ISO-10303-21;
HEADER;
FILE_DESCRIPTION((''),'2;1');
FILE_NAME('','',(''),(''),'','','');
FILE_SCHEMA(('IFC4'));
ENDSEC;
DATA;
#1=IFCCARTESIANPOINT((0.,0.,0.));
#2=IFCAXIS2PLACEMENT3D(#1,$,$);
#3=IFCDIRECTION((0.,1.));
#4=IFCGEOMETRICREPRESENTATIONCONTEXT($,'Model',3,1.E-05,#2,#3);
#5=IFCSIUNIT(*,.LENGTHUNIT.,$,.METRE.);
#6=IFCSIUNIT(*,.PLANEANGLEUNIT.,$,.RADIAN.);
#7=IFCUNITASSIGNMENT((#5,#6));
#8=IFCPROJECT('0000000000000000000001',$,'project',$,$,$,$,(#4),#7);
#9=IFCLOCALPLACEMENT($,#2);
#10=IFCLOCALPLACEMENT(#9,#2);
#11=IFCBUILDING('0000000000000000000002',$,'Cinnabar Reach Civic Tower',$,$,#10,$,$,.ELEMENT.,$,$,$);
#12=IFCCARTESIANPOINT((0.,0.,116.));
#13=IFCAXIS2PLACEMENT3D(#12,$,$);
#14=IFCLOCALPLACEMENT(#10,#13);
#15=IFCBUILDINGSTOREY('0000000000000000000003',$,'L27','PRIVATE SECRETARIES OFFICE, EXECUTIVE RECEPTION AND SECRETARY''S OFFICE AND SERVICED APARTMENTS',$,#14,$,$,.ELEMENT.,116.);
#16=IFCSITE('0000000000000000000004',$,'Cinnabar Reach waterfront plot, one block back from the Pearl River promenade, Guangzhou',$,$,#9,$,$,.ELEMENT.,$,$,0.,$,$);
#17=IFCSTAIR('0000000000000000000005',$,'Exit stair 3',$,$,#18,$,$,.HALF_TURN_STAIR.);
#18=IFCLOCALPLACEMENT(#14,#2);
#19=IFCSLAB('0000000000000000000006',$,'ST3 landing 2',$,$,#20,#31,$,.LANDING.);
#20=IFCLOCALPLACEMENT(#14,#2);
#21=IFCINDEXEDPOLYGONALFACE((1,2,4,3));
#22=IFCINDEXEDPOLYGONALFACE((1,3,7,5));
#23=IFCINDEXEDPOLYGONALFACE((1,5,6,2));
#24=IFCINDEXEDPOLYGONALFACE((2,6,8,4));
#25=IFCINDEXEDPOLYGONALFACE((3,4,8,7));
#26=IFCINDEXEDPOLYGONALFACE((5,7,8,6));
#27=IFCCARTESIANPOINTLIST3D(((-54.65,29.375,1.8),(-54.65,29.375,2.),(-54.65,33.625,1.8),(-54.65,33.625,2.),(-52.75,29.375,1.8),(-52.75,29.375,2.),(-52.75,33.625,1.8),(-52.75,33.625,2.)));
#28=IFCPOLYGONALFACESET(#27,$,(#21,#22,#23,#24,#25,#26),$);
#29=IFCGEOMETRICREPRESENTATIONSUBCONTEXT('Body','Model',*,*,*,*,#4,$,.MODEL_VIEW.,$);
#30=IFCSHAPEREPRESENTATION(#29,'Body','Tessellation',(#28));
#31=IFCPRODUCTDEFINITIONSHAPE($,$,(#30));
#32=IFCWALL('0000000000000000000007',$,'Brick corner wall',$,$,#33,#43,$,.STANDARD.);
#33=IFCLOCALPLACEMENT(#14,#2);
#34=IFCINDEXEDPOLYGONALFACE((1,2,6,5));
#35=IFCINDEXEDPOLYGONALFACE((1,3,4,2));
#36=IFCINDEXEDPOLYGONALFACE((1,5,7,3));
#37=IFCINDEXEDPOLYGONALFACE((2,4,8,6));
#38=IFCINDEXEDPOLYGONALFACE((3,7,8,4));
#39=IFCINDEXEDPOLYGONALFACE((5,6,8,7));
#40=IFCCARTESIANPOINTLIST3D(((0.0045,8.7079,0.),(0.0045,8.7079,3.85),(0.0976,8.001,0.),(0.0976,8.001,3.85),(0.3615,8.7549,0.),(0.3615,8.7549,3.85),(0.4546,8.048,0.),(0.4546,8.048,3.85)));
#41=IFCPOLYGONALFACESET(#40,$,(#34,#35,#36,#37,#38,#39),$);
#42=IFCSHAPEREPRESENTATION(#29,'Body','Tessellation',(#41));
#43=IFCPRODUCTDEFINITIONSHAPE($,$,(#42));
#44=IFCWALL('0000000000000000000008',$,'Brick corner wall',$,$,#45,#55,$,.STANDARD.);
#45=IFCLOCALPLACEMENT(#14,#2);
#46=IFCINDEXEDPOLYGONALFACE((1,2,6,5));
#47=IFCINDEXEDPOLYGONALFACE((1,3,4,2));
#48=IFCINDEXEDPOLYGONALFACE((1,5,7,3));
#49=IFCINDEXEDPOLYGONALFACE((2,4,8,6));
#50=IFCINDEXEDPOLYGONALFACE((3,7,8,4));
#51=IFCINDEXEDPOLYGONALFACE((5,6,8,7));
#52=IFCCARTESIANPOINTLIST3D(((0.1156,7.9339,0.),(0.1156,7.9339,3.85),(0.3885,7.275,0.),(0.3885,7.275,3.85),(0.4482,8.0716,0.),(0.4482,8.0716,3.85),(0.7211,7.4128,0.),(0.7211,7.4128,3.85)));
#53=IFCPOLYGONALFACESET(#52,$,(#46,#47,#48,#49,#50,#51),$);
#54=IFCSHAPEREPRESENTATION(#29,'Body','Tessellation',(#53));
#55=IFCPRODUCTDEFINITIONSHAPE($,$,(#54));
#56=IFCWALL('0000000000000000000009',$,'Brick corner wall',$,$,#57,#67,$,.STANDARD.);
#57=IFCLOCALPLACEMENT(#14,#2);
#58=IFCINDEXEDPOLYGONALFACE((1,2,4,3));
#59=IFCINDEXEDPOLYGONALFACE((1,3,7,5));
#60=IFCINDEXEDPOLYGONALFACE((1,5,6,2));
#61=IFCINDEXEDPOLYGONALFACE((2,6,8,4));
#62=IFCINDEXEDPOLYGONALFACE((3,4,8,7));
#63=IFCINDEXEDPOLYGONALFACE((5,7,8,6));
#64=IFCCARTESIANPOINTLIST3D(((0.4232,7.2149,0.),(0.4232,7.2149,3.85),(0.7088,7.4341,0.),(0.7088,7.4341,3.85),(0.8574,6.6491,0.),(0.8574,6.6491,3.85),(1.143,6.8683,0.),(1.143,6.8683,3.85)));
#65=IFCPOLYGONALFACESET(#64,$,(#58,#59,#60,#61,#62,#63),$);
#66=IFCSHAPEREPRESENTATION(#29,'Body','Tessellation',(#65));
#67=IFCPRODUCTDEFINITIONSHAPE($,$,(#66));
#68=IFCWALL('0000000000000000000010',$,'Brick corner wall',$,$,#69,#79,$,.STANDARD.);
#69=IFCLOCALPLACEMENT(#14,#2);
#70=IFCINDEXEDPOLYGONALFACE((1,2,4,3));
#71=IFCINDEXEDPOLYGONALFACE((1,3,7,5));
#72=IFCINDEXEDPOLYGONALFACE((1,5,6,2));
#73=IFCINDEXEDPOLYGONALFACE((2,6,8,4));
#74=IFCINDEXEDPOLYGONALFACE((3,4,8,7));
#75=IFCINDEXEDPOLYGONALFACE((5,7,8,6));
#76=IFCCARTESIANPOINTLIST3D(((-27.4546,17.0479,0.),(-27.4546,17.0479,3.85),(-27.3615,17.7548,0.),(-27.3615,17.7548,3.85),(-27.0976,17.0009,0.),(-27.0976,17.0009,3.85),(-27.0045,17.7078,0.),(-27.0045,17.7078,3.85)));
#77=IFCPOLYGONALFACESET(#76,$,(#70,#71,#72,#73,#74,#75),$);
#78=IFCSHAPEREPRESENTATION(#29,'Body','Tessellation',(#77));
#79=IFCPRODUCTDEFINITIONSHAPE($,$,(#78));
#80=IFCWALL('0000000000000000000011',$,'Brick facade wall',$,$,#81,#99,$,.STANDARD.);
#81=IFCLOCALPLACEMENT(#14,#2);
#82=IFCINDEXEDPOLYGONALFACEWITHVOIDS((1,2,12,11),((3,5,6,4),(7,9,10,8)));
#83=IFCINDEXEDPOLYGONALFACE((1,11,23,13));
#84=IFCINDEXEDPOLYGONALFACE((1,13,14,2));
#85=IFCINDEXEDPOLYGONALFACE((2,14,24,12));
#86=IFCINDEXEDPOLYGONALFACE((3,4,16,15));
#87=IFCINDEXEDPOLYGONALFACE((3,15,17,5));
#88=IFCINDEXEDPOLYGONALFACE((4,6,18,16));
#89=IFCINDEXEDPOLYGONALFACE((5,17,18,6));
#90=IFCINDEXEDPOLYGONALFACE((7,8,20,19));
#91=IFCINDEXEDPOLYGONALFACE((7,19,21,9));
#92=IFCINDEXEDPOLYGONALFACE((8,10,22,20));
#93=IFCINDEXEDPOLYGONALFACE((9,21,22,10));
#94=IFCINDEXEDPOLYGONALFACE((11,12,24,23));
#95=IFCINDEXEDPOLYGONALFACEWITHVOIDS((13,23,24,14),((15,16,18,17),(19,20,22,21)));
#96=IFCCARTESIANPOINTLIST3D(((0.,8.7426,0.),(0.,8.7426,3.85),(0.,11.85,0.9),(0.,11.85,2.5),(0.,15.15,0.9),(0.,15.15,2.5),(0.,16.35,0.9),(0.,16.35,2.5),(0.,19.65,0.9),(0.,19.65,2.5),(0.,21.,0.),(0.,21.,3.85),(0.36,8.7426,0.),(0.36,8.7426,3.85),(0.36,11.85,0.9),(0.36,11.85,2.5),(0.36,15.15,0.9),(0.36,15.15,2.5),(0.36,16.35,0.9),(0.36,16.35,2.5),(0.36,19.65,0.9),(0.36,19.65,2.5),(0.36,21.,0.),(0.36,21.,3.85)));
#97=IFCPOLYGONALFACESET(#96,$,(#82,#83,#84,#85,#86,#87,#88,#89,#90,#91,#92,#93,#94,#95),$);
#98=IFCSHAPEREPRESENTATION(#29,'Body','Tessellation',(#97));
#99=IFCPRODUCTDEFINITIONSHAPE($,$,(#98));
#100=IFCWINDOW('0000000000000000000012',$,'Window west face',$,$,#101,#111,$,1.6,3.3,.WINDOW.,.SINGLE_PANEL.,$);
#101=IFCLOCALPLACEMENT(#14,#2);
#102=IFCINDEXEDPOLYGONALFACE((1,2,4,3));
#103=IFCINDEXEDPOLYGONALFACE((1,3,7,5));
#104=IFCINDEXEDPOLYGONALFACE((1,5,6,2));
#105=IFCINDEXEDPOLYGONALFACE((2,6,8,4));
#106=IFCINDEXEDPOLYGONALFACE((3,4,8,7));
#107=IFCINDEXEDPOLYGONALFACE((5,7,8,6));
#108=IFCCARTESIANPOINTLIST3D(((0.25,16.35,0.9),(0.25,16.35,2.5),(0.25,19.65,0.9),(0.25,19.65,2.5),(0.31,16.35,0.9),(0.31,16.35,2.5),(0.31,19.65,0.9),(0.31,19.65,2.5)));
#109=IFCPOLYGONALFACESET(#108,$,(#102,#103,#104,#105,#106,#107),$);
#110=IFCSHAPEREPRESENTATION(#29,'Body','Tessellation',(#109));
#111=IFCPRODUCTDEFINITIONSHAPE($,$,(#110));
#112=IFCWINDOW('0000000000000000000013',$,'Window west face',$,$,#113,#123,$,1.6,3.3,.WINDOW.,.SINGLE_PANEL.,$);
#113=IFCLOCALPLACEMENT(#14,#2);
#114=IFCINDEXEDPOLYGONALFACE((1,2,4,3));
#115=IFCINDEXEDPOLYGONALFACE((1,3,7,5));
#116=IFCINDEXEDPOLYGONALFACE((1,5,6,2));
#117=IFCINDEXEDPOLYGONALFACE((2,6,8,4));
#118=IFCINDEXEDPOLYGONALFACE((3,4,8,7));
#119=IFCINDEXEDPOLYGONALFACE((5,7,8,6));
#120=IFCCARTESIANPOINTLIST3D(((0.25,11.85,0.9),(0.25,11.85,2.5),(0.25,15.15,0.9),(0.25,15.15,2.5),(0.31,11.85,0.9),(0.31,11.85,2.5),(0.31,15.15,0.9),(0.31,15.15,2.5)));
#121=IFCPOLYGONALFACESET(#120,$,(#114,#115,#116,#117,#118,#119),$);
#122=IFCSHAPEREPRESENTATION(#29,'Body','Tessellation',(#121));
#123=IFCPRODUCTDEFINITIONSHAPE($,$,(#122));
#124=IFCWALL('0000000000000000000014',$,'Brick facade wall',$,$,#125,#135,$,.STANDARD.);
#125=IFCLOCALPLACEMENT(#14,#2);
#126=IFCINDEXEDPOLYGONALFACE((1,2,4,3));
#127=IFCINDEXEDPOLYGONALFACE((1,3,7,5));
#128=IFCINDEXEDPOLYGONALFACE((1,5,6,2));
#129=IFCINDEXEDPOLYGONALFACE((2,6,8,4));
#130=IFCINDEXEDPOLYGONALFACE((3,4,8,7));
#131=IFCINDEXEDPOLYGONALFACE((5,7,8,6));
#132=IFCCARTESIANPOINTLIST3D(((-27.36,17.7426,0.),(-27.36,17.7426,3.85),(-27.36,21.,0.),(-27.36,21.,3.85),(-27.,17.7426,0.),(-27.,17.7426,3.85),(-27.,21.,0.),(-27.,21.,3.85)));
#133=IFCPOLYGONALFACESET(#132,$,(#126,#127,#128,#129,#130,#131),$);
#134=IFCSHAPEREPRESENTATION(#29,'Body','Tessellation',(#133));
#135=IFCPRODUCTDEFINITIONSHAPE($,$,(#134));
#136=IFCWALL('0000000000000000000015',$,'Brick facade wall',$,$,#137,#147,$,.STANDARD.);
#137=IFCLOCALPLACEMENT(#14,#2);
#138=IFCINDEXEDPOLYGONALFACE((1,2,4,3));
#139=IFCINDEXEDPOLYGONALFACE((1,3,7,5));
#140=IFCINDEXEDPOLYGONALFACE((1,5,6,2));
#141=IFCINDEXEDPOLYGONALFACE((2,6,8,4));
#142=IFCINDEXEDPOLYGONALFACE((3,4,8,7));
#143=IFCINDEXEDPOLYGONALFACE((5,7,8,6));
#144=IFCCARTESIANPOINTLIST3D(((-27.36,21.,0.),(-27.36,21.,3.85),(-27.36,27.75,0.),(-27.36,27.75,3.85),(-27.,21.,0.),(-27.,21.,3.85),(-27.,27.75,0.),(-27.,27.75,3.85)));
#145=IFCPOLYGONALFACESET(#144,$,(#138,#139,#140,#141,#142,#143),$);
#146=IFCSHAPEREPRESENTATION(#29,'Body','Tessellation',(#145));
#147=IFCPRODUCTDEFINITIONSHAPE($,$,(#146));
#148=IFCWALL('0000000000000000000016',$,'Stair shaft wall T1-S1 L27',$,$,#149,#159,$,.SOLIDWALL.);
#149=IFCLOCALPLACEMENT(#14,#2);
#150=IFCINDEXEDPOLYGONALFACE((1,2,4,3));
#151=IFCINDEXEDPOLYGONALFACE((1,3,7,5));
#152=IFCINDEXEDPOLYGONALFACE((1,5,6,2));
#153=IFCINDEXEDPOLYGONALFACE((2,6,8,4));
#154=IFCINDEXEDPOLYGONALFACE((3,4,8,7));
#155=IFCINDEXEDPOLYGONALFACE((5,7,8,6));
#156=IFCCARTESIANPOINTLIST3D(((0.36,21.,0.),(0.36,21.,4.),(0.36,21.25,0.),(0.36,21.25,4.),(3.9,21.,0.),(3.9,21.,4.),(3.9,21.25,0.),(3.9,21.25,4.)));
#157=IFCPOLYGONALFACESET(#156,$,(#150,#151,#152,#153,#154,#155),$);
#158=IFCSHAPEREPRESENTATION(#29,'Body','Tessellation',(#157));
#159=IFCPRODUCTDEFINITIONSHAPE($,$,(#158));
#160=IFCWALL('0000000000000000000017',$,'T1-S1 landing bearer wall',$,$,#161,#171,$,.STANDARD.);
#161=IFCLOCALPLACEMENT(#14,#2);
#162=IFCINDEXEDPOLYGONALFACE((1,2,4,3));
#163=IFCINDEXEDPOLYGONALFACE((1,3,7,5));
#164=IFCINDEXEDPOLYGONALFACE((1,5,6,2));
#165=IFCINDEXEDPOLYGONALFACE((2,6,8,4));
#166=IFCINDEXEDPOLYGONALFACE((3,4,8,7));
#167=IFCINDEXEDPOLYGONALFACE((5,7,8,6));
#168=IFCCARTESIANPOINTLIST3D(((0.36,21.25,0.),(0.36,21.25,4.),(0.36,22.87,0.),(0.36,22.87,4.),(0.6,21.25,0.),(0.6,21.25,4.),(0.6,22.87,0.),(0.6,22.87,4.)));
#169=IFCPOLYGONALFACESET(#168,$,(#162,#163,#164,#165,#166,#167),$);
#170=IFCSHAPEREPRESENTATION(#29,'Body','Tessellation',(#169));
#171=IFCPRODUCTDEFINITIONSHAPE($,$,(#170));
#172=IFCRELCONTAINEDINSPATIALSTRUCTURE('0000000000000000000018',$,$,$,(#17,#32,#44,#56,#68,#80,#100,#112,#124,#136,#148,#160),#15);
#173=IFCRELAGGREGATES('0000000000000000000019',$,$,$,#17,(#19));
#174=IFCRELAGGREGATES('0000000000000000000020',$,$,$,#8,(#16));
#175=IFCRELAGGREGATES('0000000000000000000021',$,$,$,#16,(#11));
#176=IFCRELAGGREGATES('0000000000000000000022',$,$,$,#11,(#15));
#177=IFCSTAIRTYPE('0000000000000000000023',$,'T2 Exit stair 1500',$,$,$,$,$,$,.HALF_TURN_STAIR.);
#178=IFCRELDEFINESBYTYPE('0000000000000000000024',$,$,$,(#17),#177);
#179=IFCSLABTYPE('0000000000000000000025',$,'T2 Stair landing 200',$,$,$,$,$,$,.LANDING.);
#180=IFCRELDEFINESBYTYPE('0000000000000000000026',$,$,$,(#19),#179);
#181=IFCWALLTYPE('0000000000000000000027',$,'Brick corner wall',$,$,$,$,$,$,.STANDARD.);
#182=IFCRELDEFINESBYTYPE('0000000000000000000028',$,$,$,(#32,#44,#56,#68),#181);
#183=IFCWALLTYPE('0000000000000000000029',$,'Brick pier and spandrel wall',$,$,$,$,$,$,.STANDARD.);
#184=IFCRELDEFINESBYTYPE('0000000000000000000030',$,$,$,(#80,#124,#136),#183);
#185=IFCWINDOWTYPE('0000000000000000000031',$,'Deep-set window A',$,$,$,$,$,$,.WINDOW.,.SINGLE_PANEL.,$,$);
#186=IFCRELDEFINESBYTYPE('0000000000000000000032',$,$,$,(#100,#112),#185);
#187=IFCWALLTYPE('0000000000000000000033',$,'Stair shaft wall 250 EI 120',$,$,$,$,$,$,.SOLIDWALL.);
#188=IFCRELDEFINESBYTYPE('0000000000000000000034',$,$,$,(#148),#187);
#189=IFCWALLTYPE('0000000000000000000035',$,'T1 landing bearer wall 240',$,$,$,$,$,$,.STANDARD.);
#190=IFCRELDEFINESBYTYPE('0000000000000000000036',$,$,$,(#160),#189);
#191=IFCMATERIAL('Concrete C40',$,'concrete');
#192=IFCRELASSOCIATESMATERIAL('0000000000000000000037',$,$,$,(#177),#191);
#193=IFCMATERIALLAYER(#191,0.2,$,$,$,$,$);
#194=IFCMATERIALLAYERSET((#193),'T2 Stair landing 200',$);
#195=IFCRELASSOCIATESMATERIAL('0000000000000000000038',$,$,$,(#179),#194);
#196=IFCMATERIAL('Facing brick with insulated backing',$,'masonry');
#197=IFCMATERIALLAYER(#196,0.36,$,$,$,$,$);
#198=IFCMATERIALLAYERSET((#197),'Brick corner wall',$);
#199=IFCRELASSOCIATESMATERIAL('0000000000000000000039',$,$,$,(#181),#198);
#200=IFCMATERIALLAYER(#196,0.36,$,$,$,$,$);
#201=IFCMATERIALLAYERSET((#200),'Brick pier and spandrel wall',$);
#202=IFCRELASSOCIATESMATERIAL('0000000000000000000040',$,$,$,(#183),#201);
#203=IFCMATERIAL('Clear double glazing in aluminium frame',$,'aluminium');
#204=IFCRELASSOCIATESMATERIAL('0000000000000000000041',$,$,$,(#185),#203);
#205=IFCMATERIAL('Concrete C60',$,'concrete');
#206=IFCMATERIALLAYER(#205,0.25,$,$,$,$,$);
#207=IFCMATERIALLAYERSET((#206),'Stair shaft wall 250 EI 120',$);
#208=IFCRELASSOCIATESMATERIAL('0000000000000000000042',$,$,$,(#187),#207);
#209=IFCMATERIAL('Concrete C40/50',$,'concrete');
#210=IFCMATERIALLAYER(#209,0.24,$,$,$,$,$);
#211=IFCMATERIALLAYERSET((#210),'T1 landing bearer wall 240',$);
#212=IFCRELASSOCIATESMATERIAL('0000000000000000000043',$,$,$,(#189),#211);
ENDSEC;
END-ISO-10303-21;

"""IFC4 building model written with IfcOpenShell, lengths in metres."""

from ifc_helpers import new_model, si_unit, direction, frame, frame_2d, origin, place, context, subcontext, project, spatial, polyline, rectangle, outline, extrude, material, layer, layer_set, type_object, element, fill, aggregate, save


model = new_model("IFC4")

# Units and contexts
model_context = context("Model", 3, precision=1e-05, world=origin(), true_north=direction((0.0, 1.0)))
body_context = subcontext(model_context, "Body", "Model", "MODEL_VIEW")
ifc_project = project(units=[si_unit("LENGTHUNIT", "METRE"), si_unit("PLANEANGLEUNIT", "RADIAN")], contexts=[model_context])

# Site, building, storey
site_placement = place(None, origin())
site = spatial("IfcSite", under=ifc_project, at=site_placement, Name="Cinnabar Reach waterfront plot, one block back from the Pearl River promenade, Guangzhou", CompositionType="ELEMENT", RefElevation=0.0)
building_placement = place(site_placement, origin())
building = spatial("IfcBuilding", under=site, at=building_placement, Name="Cinnabar Reach Civic Tower", CompositionType="ELEMENT")
storey_placement = place(building_placement, frame((0.0, 0.0, 116.0)))
storey = spatial("IfcBuildingStorey", under=building, at=storey_placement, Name="L27", Description="PRIVATE SECRETARIES OFFICE, EXECUTIVE RECEPTION AND SECRETARY'S OFFICE AND SERVICED APARTMENTS", CompositionType="ELEMENT", Elevation=116.0)

# Shared definitions
ifc_material_1 = material(Name="Concrete C40", Category="concrete")

# Shared definitions
ifc_material_2 = material(Name="Concrete C40/50", Category="concrete")

# Stair, slab
stair_type_1 = type_object("IfcStairType", Name="T2 Exit stair 1500", PredefinedType="HALF_TURN_STAIR", material=ifc_material_1)
ifc_layer_1 = layer(ifc_material_1, 0.2)
ifc_layer_set_1 = layer_set([ifc_layer_1], Name="T2 Stair landing 200")
slab_type_1 = type_object("IfcSlabType", Name="T2 Stair landing 200", PredefinedType="LANDING", material=ifc_layer_set_1)
stair_1_placement = place(storey_placement, origin())
stair_1 = element("IfcStair", 1, at=stair_1_placement, inside=storey, type_object=stair_type_1, Name="Exit stair 3", PredefinedType="HALF_TURN_STAIR")
slab_1_placement = place(storey_placement, frame((0.0, 0.0, 1.8)))
slab_1 = element("IfcSlab", 2, at=slab_1_placement, type_object=slab_type_1, Name="ST3 landing 2", PredefinedType="LANDING", context=body_context, shape_type="SweptSolid", body=[
    extrude(outline(polyline([(-54.65, 29.375), (-54.65, 33.625), (-52.75, 33.625), (-52.75, 29.375), (-54.65, 29.375)])), origin(), (0.0, 0.0, 1.0), 0.2),
])
aggregate(stair_1, [slab_1])

# Walls
ifc_material_3 = material(Name="Facing brick with insulated backing", Category="masonry")
ifc_layer_2 = layer(ifc_material_3, 0.36)
ifc_layer_set_2 = layer_set([ifc_layer_2], Name="Brick corner wall")
wall_type_1 = type_object("IfcWallType", Name="Brick corner wall", PredefinedType="STANDARD", material=ifc_layer_set_2)
for number, where, z_axis, x_axis, name in (
    (3, (0.183, 8.7314, 0.0), (0.0, 0.0, 1.0), (0.130556, -0.991441, 0.0), "Brick corner wall"),
    (4, (0.2819, 8.0027, 0.0), (0.0, 0.0, 1.0), (0.382703, -0.923872, 0.0), "Brick corner wall"),
):
    element("IfcWall", number, at=place(storey_placement, frame(where, z_axis=z_axis, x_axis=x_axis)), inside=storey, type_object=wall_type_1, Name=name, PredefinedType="STANDARD", context=body_context, shape_type="SweptSolid", body=[
        extrude(rectangle(XDim=0.7131, YDim=0.36, at=frame_2d((0.3565, 0.0))), origin(), (0.0, 0.0, 1.0), 3.85),
    ])
wall_1_placement = place(storey_placement, frame((0.566, 7.3245, 0.0), z_axis=(0.0, 0.0, 1.0), x_axis=(0.608802, -0.793322, 0.0)))
element("IfcWall", 5, at=wall_1_placement, inside=storey, type_object=wall_type_1, Name="Brick corner wall", PredefinedType="STANDARD", context=body_context, shape_type="SweptSolid", body=[
    extrude(rectangle(XDim=0.7132, YDim=0.36, at=frame_2d((0.3566, 0.0))), origin(), (0.0, 0.0, 1.0), 3.85),
])
wall_2_placement = place(storey_placement, frame((-27.2761, 17.0244, 0.0), z_axis=(0.0, 0.0, 1.0), x_axis=(0.130556, 0.991441, 0.0)))
element("IfcWall", 6, at=wall_2_placement, inside=storey, type_object=wall_type_1, Name="Brick corner wall", PredefinedType="STANDARD", context=body_context, shape_type="SweptSolid", body=[
    extrude(rectangle(XDim=0.7131, YDim=0.36, at=frame_2d((0.3565, 0.0))), origin(), (0.0, 0.0, 1.0), 3.85),
])

# Wall, openings, windows
ifc_layer_3 = layer(ifc_material_3, 0.36)
ifc_layer_set_3 = layer_set([ifc_layer_3], Name="Brick pier and spandrel wall")
wall_type_2 = type_object("IfcWallType", Name="Brick pier and spandrel wall", PredefinedType="STANDARD", material=ifc_layer_set_3)
wall_3_placement = place(storey_placement, frame((0.18, 21.0, 0.0), z_axis=(0.0, 0.0, 1.0), x_axis=(0.0, -1.0, 0.0)))
wall_3 = element("IfcWall", 7, at=wall_3_placement, inside=storey, type_object=wall_type_2, Name="Brick facade wall", PredefinedType="STANDARD", context=body_context, shape_type="SweptSolid", body=[
    extrude(rectangle(XDim=12.2574, YDim=0.36, at=frame_2d((6.1287, 0.0))), origin(), (0.0, 0.0, 1.0), 3.85),
])
opening_1_placement = place(wall_3_placement, frame((1.35, 0.0, 0.9)))
opening_1 = element("IfcOpeningElement", 8, at=opening_1_placement, cuts=wall_3, PredefinedType="OPENING", context=body_context, shape_type="SweptSolid", body=[
    extrude(rectangle(XDim=3.3, YDim=1.6, at=frame_2d((1.65, 0.8))), frame((0.0, 0.19, 0.0), z_axis=(0.0, -1.0, 0.0), x_axis=(1.0, 0.0, 0.0)), (0.0, 0.0, 1.0), 0.38),
])
opening_2_placement = place(wall_3_placement, frame((5.85, 0.0, 0.9)))
opening_2 = element("IfcOpeningElement", 9, at=opening_2_placement, cuts=wall_3, PredefinedType="OPENING", context=body_context, shape_type="SweptSolid", body=[
    extrude(rectangle(XDim=3.3, YDim=1.6, at=frame_2d((1.65, 0.8))), frame((0.0, 0.19, 0.0), z_axis=(0.0, -1.0, 0.0), x_axis=(1.0, 0.0, 0.0)), (0.0, 0.0, 1.0), 0.38),
])
ifc_material_4 = material(Name="Clear double glazing in aluminium frame", Category="aluminium")
window_type = type_object("IfcWindowType", Name="Deep-set window A", PartitioningType="SINGLE_PANEL", PredefinedType="WINDOW", material=ifc_material_4)
window_1_placement = place(opening_1_placement, origin())
window_1 = element("IfcWindow", 10, at=window_1_placement, inside=storey, type_object=window_type, Name="Window west face", OverallHeight=1.6, OverallWidth=3.3, PartitioningType="SINGLE_PANEL", PredefinedType="WINDOW", context=body_context, shape_type="SweptSolid", body=[
    extrude(rectangle(XDim=3.3, YDim=1.6, at=frame_2d((1.65, 0.8))), frame((0.0, 0.13, 0.0), z_axis=(0.0, -1.0, 0.0), x_axis=(1.0, 0.0, 0.0)), (0.0, 0.0, 1.0), 0.06),
])
fill(opening_1, window_1)
window_2_placement = place(opening_2_placement, origin())
window_2 = element("IfcWindow", 11, at=window_2_placement, inside=storey, type_object=window_type, Name="Window west face", OverallHeight=1.6, OverallWidth=3.3, PartitioningType="SINGLE_PANEL", PredefinedType="WINDOW", context=body_context, shape_type="SweptSolid", body=[
    extrude(rectangle(XDim=3.3, YDim=1.6, at=frame_2d((1.65, 0.8))), frame((0.0, 0.13, 0.0), z_axis=(0.0, -1.0, 0.0), x_axis=(1.0, 0.0, 0.0)), (0.0, 0.0, 1.0), 0.06),
])
fill(opening_2, window_2)

# Walls
wall_4_placement = place(storey_placement, frame((-27.18, 17.7426, 0.0), z_axis=(0.0, 0.0, 1.0), x_axis=(0.0, 1.0, 0.0)))
element("IfcWall", 12, at=wall_4_placement, inside=storey, type_object=wall_type_2, Name="Brick facade wall", PredefinedType="STANDARD", context=body_context, shape_type="SweptSolid", body=[
    extrude(rectangle(XDim=3.2574, YDim=0.36, at=frame_2d((1.6287, 0.0))), origin(), (0.0, 0.0, 1.0), 3.85),
])
wall_5_placement = place(storey_placement, frame((-27.18, 21.0, 0.0), z_axis=(0.0, 0.0, 1.0), x_axis=(0.0, 1.0, 0.0)))
element("IfcWall", 13, at=wall_5_placement, inside=storey, type_object=wall_type_2, Name="Brick facade wall", PredefinedType="STANDARD", context=body_context, shape_type="SweptSolid", body=[
    extrude(rectangle(XDim=6.75, YDim=0.36, at=frame_2d((3.375, 0.0))), origin(), (0.0, 0.0, 1.0), 3.85),
])
ifc_material_5 = material(Name="Concrete C60", Category="concrete")
ifc_layer_4 = layer(ifc_material_5, 0.25)
ifc_layer_set_4 = layer_set([ifc_layer_4], Name="Stair shaft wall 250 EI 120")
wall_type_3 = type_object("IfcWallType", Name="Stair shaft wall 250 EI 120", PredefinedType="SOLIDWALL", material=ifc_layer_set_4)
wall_6_placement = place(storey_placement, frame((0.36, 21.125, 0.0), z_axis=(0.0, 0.0, 1.0), x_axis=(1.0, 0.0, 0.0)))
element("IfcWall", 14, at=wall_6_placement, inside=storey, type_object=wall_type_3, Name="Stair shaft wall T1-S1 L27", PredefinedType="SOLIDWALL", context=body_context, shape_type="SweptSolid", body=[
    extrude(rectangle(XDim=3.54, YDim=0.25, at=frame_2d((1.77, 0.0))), origin(), (0.0, 0.0, 1.0), 4.0),
])
ifc_layer_5 = layer(ifc_material_2, 0.24)
ifc_layer_set_5 = layer_set([ifc_layer_5], Name="T1 landing bearer wall 240")
wall_type_4 = type_object("IfcWallType", Name="T1 landing bearer wall 240", PredefinedType="STANDARD", material=ifc_layer_set_5)
wall_7_placement = place(storey_placement, frame((0.48, 21.25, 0.0), z_axis=(0.0, 0.0, 1.0), x_axis=(0.0, 1.0, 0.0)))
element("IfcWall", 15, at=wall_7_placement, inside=storey, type_object=wall_type_4, Name="T1-S1 landing bearer wall", PredefinedType="STANDARD", context=body_context, shape_type="SweptSolid", body=[
    extrude(rectangle(XDim=1.62, YDim=0.24, at=frame_2d((0.81, 0.0))), origin(), (0.0, 0.0, 1.0), 4.0),
])

save(model, "model.ifc")
